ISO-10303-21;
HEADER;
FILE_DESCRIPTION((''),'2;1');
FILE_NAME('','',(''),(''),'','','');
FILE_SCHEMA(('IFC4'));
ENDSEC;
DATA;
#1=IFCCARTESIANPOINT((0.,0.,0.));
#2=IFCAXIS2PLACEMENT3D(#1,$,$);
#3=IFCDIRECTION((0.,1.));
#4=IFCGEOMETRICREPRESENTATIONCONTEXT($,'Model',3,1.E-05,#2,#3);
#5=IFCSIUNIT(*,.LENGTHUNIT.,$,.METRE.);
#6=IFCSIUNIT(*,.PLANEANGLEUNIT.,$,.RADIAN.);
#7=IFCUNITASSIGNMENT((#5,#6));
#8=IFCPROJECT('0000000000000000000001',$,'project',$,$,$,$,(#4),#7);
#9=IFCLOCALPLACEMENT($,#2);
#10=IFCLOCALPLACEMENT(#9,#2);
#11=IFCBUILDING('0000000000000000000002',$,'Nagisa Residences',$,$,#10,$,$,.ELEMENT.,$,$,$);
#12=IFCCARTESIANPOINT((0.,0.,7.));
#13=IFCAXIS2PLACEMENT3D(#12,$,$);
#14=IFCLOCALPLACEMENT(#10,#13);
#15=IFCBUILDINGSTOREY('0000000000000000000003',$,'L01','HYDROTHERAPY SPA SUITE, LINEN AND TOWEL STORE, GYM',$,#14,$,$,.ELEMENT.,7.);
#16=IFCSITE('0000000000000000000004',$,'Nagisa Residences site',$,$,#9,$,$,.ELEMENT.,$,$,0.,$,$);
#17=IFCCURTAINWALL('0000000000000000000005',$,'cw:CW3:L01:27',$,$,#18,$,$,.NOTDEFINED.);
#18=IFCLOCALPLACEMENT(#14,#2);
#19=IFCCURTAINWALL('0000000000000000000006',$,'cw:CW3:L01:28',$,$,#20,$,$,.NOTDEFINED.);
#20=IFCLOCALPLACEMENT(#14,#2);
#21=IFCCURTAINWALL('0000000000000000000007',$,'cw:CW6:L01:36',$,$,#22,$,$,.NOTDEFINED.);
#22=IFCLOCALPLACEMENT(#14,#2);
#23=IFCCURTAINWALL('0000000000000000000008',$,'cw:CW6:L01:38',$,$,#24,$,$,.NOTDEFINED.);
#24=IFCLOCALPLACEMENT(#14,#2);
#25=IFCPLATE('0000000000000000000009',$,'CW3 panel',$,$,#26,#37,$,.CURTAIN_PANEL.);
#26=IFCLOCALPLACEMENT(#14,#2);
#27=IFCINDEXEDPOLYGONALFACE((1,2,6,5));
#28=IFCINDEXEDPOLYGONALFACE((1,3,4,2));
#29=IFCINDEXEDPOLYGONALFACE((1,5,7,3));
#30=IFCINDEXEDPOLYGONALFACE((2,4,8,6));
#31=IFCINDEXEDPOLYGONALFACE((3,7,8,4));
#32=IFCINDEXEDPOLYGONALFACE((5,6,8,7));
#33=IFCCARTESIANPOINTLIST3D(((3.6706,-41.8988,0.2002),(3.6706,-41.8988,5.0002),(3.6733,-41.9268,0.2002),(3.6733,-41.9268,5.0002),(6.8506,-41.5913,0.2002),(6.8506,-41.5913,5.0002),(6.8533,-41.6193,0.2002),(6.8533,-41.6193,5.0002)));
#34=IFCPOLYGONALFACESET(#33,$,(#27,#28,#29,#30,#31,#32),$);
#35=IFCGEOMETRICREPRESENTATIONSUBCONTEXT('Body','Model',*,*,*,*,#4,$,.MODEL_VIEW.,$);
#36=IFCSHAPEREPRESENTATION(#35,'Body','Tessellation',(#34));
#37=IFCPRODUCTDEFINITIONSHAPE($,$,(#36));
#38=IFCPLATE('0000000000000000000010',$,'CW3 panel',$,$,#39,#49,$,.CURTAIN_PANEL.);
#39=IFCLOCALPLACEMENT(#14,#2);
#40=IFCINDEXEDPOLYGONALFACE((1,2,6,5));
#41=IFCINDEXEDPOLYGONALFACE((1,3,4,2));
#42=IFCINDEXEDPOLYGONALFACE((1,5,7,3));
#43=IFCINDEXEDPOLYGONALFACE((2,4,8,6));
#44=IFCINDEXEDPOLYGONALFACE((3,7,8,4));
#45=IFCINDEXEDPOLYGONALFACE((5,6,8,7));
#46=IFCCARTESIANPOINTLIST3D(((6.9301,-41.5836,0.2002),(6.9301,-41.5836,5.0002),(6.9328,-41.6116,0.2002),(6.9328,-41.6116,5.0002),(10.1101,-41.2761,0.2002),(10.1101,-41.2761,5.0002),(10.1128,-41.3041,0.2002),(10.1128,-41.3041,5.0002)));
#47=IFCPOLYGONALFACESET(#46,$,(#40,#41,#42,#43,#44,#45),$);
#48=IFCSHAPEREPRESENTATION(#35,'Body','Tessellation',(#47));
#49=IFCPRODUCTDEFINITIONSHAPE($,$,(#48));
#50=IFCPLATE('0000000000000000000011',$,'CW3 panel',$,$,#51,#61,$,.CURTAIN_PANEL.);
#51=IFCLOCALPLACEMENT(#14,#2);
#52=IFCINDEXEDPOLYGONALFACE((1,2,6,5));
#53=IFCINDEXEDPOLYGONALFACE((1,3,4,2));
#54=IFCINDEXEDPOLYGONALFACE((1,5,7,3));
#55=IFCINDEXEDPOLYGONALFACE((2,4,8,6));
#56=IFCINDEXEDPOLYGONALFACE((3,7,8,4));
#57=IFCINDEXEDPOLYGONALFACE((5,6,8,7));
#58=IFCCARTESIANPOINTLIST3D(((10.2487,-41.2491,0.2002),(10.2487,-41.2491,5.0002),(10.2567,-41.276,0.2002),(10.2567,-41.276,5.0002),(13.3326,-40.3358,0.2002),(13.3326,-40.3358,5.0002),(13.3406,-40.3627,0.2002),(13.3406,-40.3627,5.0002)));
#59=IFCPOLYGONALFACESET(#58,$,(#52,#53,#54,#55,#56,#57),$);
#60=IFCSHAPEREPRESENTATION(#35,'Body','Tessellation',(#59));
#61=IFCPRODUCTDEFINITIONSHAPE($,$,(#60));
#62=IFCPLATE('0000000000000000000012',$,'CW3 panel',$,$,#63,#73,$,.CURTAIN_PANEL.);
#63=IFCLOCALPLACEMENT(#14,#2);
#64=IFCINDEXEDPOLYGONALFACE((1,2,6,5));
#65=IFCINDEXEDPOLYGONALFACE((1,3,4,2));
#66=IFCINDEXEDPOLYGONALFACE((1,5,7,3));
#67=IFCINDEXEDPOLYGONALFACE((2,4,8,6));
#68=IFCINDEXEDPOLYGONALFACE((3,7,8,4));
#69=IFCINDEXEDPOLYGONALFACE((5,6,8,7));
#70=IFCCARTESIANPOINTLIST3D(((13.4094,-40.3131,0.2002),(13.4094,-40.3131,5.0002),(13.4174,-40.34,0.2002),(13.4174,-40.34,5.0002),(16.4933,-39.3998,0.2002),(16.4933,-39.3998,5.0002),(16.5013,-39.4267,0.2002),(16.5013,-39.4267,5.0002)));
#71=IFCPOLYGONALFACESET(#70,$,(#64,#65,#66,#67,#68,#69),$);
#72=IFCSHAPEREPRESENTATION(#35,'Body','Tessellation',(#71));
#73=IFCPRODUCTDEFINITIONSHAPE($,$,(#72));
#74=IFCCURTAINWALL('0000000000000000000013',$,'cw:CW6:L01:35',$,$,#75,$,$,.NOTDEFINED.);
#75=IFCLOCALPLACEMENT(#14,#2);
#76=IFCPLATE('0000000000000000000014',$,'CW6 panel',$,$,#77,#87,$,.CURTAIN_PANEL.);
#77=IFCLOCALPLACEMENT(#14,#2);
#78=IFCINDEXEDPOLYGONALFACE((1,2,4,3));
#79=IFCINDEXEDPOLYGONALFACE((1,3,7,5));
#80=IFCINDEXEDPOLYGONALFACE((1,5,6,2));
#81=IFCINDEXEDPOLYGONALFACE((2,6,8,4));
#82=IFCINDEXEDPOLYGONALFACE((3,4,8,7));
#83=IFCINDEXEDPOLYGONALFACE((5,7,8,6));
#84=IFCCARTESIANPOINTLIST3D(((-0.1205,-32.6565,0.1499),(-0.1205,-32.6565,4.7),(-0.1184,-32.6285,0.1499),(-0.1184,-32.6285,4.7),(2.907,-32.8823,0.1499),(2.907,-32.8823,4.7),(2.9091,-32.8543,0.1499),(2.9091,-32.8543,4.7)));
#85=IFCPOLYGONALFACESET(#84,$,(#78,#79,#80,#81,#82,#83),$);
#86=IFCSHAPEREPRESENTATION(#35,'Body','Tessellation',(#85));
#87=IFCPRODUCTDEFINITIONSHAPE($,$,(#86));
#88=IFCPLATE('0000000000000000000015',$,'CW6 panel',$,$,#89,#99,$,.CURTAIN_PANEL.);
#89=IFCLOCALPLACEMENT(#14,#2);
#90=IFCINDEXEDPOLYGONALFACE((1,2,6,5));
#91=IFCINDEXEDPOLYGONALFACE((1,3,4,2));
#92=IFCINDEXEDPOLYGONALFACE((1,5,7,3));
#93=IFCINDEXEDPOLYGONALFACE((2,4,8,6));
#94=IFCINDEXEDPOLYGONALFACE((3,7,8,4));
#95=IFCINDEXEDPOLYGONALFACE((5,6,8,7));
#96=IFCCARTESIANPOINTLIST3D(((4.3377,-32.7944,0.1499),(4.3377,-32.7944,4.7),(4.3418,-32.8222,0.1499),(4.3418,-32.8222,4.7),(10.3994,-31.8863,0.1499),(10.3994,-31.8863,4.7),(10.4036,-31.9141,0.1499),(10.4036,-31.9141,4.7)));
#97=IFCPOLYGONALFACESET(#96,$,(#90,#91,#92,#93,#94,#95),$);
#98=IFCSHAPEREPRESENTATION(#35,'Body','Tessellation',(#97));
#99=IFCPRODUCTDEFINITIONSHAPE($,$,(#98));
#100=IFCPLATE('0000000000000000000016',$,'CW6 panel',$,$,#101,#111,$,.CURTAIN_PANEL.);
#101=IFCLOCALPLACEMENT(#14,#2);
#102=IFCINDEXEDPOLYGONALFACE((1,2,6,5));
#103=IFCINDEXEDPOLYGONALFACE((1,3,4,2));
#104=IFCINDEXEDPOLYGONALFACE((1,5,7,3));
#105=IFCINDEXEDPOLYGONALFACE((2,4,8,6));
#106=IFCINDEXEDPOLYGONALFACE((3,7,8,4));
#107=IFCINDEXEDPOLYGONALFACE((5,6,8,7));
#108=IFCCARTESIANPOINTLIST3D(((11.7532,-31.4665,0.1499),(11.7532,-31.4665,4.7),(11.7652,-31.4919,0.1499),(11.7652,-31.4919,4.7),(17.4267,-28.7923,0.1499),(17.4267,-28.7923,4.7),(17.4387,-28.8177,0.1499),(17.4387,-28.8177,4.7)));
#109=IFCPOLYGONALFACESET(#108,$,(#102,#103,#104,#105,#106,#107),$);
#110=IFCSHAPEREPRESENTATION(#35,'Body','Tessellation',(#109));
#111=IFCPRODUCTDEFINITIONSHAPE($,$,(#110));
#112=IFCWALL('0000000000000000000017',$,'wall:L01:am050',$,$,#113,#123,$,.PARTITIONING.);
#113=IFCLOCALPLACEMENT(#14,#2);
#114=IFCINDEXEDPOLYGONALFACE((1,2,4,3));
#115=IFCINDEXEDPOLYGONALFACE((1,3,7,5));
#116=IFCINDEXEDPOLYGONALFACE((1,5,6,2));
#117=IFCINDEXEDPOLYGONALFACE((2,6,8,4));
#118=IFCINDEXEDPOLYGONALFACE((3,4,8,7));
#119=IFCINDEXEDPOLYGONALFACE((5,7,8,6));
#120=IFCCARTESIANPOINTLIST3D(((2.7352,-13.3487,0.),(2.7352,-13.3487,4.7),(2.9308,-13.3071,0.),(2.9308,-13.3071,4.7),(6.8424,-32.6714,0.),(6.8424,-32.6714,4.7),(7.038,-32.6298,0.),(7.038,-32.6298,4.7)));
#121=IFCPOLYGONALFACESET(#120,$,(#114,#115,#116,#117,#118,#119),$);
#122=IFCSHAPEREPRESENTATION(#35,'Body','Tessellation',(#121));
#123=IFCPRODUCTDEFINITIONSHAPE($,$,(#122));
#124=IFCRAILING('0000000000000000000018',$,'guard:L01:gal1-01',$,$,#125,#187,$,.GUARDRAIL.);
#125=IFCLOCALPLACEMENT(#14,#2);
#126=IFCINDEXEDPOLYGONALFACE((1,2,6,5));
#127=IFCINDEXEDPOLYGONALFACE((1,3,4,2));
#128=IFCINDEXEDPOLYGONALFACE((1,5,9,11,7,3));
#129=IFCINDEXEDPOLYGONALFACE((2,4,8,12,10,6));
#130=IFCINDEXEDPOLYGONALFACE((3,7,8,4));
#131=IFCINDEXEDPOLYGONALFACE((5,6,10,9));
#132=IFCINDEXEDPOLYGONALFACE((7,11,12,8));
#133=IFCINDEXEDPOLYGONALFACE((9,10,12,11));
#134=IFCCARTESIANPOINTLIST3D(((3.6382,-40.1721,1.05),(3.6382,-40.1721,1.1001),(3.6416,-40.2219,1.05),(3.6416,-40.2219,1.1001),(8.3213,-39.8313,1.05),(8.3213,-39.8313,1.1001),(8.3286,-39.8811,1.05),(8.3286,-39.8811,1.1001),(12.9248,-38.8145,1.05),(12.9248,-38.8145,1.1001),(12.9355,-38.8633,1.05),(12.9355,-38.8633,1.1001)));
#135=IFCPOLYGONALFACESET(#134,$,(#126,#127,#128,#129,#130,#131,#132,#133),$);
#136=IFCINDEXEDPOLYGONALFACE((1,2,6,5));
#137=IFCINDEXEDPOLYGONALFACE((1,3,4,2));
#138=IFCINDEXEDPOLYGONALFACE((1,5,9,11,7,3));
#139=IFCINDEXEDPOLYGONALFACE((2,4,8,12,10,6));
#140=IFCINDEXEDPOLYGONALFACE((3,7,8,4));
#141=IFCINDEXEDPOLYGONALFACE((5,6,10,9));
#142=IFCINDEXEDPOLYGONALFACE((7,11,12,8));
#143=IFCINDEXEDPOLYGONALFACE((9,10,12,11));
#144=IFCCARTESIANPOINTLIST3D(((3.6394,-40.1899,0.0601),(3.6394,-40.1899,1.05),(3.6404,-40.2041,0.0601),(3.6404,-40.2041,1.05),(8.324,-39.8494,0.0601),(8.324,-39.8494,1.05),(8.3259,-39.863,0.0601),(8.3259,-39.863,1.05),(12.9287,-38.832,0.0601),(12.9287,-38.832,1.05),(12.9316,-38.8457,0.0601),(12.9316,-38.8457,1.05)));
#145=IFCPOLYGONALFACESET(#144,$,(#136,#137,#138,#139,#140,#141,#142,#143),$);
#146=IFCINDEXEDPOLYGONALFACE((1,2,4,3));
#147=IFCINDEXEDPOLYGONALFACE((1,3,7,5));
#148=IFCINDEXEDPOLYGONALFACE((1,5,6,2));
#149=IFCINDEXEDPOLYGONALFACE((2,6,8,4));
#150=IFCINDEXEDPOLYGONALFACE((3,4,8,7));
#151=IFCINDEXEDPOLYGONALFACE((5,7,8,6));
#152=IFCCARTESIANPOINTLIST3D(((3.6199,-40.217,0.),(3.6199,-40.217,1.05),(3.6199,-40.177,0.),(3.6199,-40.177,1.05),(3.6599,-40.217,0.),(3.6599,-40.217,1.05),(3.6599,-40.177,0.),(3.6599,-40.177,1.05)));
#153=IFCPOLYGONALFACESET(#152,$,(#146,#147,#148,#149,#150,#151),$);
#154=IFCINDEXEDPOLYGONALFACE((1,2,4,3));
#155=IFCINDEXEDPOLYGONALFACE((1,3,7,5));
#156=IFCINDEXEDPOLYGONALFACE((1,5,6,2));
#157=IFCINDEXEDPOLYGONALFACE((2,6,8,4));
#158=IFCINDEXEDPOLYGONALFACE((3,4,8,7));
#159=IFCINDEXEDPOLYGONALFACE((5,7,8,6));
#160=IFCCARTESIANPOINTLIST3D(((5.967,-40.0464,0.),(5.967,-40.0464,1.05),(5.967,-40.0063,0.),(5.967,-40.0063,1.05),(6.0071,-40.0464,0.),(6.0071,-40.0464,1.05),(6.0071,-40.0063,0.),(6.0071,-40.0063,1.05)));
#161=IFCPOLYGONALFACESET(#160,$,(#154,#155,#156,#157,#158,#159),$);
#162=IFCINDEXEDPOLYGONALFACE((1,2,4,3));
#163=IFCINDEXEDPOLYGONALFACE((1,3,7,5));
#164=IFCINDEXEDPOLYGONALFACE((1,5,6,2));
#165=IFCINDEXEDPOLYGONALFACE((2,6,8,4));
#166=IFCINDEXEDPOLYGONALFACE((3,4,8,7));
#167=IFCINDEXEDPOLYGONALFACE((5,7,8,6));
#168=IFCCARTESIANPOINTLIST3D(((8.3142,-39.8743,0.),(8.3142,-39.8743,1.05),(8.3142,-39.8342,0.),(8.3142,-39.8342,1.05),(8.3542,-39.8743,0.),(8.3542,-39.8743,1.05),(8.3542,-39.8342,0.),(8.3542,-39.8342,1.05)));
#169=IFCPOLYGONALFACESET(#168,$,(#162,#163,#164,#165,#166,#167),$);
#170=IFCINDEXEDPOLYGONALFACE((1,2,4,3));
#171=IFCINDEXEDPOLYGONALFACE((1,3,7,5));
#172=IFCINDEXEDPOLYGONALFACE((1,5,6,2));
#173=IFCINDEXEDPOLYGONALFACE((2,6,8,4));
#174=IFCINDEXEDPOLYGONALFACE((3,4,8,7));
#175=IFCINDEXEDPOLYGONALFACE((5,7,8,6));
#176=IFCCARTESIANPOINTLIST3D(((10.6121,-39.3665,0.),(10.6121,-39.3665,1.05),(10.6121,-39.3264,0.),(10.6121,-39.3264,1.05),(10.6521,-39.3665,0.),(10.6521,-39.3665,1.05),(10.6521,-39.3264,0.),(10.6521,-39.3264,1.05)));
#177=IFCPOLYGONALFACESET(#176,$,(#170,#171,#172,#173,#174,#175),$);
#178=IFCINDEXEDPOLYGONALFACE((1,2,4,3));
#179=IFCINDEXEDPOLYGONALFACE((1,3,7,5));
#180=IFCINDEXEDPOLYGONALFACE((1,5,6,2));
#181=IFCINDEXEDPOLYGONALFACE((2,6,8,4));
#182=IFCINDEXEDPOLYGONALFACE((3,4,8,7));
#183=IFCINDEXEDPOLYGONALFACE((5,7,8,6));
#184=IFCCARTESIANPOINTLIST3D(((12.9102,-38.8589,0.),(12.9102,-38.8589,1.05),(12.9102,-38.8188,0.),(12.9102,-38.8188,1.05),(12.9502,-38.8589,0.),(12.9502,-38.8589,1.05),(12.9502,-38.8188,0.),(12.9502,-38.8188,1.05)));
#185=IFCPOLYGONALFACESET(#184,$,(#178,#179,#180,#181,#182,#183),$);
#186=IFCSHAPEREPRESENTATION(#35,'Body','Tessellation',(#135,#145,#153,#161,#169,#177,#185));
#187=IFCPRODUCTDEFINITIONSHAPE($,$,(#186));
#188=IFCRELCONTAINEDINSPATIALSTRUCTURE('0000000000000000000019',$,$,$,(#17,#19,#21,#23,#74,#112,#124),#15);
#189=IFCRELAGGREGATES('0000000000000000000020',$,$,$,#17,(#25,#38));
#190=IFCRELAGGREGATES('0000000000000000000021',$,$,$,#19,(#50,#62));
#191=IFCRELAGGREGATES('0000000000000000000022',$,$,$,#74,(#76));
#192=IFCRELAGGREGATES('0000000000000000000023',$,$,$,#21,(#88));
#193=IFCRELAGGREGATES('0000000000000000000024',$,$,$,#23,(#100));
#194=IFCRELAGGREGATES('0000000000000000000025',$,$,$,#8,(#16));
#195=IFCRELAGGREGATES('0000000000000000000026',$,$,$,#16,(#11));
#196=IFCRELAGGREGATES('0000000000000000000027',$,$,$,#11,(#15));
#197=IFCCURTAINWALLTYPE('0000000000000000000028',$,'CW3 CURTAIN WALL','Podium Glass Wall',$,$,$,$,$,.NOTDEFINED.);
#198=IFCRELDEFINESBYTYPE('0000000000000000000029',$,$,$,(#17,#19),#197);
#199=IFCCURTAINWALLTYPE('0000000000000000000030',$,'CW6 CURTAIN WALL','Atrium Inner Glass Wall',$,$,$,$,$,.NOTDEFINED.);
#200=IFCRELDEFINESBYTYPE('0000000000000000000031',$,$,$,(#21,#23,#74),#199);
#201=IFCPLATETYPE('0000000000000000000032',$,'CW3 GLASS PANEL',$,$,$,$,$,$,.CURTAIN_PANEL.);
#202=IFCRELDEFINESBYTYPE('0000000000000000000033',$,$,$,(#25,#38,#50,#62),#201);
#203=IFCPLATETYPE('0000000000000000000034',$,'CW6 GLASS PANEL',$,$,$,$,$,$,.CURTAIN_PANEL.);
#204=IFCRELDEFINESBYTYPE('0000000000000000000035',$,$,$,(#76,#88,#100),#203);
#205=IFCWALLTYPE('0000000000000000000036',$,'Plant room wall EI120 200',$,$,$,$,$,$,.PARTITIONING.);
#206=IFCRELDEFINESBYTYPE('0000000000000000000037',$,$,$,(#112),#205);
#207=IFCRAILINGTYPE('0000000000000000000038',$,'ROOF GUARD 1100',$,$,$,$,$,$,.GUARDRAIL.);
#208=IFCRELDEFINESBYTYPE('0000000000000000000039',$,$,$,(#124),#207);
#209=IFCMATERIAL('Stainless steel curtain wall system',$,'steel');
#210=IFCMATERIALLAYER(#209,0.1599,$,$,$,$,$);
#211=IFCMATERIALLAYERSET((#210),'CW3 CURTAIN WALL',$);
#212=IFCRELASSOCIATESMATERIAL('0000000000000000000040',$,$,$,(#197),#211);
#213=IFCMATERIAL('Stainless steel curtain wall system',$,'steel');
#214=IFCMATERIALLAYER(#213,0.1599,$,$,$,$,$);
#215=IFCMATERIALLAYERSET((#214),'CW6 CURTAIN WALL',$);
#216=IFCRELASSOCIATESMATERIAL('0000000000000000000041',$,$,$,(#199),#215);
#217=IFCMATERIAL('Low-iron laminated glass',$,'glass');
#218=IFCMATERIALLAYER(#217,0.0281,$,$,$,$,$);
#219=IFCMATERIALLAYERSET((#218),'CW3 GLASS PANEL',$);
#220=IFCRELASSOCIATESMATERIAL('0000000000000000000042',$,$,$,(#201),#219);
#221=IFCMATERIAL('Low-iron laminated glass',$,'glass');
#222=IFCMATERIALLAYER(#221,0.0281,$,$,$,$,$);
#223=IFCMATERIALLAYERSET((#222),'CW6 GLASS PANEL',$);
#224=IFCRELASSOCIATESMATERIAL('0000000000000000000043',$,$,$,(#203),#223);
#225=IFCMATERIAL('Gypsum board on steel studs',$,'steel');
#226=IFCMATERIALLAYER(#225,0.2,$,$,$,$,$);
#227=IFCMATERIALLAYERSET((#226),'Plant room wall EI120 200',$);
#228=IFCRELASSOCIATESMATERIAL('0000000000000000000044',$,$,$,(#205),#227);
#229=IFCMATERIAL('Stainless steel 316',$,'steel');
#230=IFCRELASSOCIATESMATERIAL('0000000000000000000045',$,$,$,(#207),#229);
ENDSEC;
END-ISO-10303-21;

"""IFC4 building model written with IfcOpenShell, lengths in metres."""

from ifc_helpers import new_model, si_unit, direction, frame, frame_2d, origin, origin_2d, place, context, subcontext, project, spatial, polyline, rectangle, outline, extrude, material, layer, layer_set, type_object, element, aggregate, save


model = new_model("IFC4")

# Units and contexts
model_context = context("Model", 3, precision=1e-05, world=origin(), true_north=direction((0.0, 1.0)))
body_context = subcontext(model_context, "Body", "Model", "MODEL_VIEW")
ifc_project = project(units=[si_unit("LENGTHUNIT", "METRE"), si_unit("PLANEANGLEUNIT", "RADIAN")], contexts=[model_context])

# Site, building, storey
site_placement = place(None, origin())
site = spatial("IfcSite", under=ifc_project, at=site_placement, Name="Nagisa Residences site", CompositionType="ELEMENT", RefElevation=0.0)
building_placement = place(site_placement, origin())
building = spatial("IfcBuilding", under=site, at=building_placement, Name="Nagisa Residences", CompositionType="ELEMENT")
storey_placement = place(building_placement, frame((0.0, 0.0, 7.0)))
storey = spatial("IfcBuildingStorey", under=building, at=storey_placement, Name="L01", Description="HYDROTHERAPY SPA SUITE, LINEN AND TOWEL STORE, GYM", CompositionType="ELEMENT", Elevation=7.0)

# Curtain walls
ifc_material_1 = material(Name="Stainless steel curtain wall system", Category="steel")
ifc_layer_1 = layer(ifc_material_1, 0.1599)
ifc_layer_set_1 = layer_set([ifc_layer_1], Name="CW3 CURTAIN WALL")
curtain_wall_type_1 = type_object("IfcCurtainWallType", Name="CW3 CURTAIN WALL", Description="Podium Glass Wall", PredefinedType="NOTDEFINED", material=ifc_layer_set_1)
curtain_wall_1_placement = place(storey_placement, origin())
curtain_wall_1 = element("IfcCurtainWall", 1, at=curtain_wall_1_placement, inside=storey, type_object=curtain_wall_type_1, Name="cw:CW3:L01:27", PredefinedType="NOTDEFINED")
curtain_wall_2_placement = place(storey_placement, origin())
curtain_wall_2 = element("IfcCurtainWall", 2, at=curtain_wall_2_placement, inside=storey, type_object=curtain_wall_type_1, Name="cw:CW3:L01:28", PredefinedType="NOTDEFINED")

# Curtain walls
ifc_material_2 = material(Name="Stainless steel curtain wall system", Category="steel")
ifc_layer_2 = layer(ifc_material_2, 0.1599)
ifc_layer_set_2 = layer_set([ifc_layer_2], Name="CW6 CURTAIN WALL")
curtain_wall_type_2 = type_object("IfcCurtainWallType", Name="CW6 CURTAIN WALL", Description="Atrium Inner Glass Wall", PredefinedType="NOTDEFINED", material=ifc_layer_set_2)
curtain_wall_3_placement = place(storey_placement, origin())
curtain_wall_3 = element("IfcCurtainWall", 3, at=curtain_wall_3_placement, inside=storey, type_object=curtain_wall_type_2, Name="cw:CW6:L01:36", PredefinedType="NOTDEFINED")
curtain_wall_4_placement = place(storey_placement, origin())
curtain_wall_4 = element("IfcCurtainWall", 4, at=curtain_wall_4_placement, inside=storey, type_object=curtain_wall_type_2, Name="cw:CW6:L01:38", PredefinedType="NOTDEFINED")

# Plates
ifc_material_3 = material(Name="Low-iron laminated glass", Category="glass")
ifc_layer_3 = layer(ifc_material_3, 0.0281)
ifc_layer_set_3 = layer_set([ifc_layer_3], Name="CW3 GLASS PANEL")
plate_type_1 = type_object("IfcPlateType", Name="CW3 GLASS PANEL", PredefinedType="CURTAIN_PANEL", material=ifc_layer_set_3)
plate_1_placement = place(storey_placement, frame((5.262, -41.759, 0.2002), z_axis=(0.0, 0.0, 1.0), x_axis=(0.995357, 0.096249, 0.0)))
plate_1 = element("IfcPlate", 5, at=plate_1_placement, type_object=plate_type_1, Name="CW3 panel", PredefinedType="CURTAIN_PANEL", context=body_context, shape_type="SweptSolid", body=[
    extrude(rectangle(XDim=3.1948, YDim=0.0281, at=origin_2d()), origin(), (0.0, 0.0, 1.0), 4.8),
])
plate_2_placement = place(storey_placement, frame((8.5215, -41.4438, 0.2002), z_axis=(0.0, 0.0, 1.0), x_axis=(0.995357, 0.096249, 0.0)))
plate_2 = element("IfcPlate", 6, at=plate_2_placement, type_object=plate_type_1, Name="CW3 panel", PredefinedType="CURTAIN_PANEL", context=body_context, shape_type="SweptSolid", body=[
    extrude(rectangle(XDim=3.1948, YDim=0.0281, at=origin_2d()), origin(), (0.0, 0.0, 1.0), 4.8),
])
aggregate(curtain_wall_1, [plate_1, plate_2])
plate_3_placement = place(storey_placement, frame((11.7947, -40.8059, 0.2002), z_axis=(0.0, 0.0, 1.0), x_axis=(0.958835, 0.283963, 0.0)))
plate_3 = element("IfcPlate", 7, at=plate_3_placement, type_object=plate_type_1, Name="CW3 panel", PredefinedType="CURTAIN_PANEL", context=body_context, shape_type="SweptSolid", body=[
    extrude(rectangle(XDim=3.2163, YDim=0.0281, at=origin_2d()), origin(), (0.0, 0.0, 1.0), 4.8),
])
plate_4_placement = place(storey_placement, frame((14.9553, -39.8699, 0.2002), z_axis=(0.0, 0.0, 1.0), x_axis=(0.958835, 0.283963, 0.0)))
plate_4 = element("IfcPlate", 8, at=plate_4_placement, type_object=plate_type_1, Name="CW3 panel", PredefinedType="CURTAIN_PANEL", context=body_context, shape_type="SweptSolid", body=[
    extrude(rectangle(XDim=3.2163, YDim=0.0281, at=origin_2d()), origin(), (0.0, 0.0, 1.0), 4.8),
])
aggregate(curtain_wall_2, [plate_3, plate_4])

# Curtain wall, plate
curtain_wall_5_placement = place(storey_placement, origin())
curtain_wall_5 = element("IfcCurtainWall", 9, at=curtain_wall_5_placement, inside=storey, type_object=curtain_wall_type_2, Name="cw:CW6:L01:35", PredefinedType="NOTDEFINED")
ifc_material_4 = material(Name="Low-iron laminated glass", Category="glass")
ifc_layer_4 = layer(ifc_material_4, 0.0281)
ifc_layer_set_4 = layer_set([ifc_layer_4], Name="CW6 GLASS PANEL")
plate_type_2 = type_object("IfcPlateType", Name="CW6 GLASS PANEL", PredefinedType="CURTAIN_PANEL", material=ifc_layer_set_4)
plate_5_placement = place(storey_placement, frame((1.3943, -32.7554, 0.1499), z_axis=(0.0, 0.0, 1.0), x_axis=(0.99723, -0.074377, 0.0)))
plate_5 = element("IfcPlate", 10, at=plate_5_placement, type_object=plate_type_2, Name="CW6 panel", PredefinedType="CURTAIN_PANEL", context=body_context, shape_type="SweptSolid", body=[
    extrude(rectangle(XDim=3.0359, YDim=0.0281, at=origin_2d()), origin(), (0.0, 0.0, 1.0), 4.55),
])
aggregate(curtain_wall_5, [plate_5])

# Plates
plate_6_placement = place(storey_placement, frame((7.3706, -32.3542, 0.1499), z_axis=(0.0, 0.0, 1.0), x_axis=(0.988964, 0.148158, 0.0)))
plate_6 = element("IfcPlate", 11, at=plate_6_placement, type_object=plate_type_2, Name="CW6 panel", PredefinedType="CURTAIN_PANEL", context=body_context, shape_type="SweptSolid", body=[
    extrude(rectangle(XDim=6.1294, YDim=0.0281, at=origin_2d()), origin(), (0.0, 0.0, 1.0), 4.55),
])
aggregate(curtain_wall_3, [plate_6])
plate_7_placement = place(storey_placement, frame((14.5959, -30.1421, 0.1499), z_axis=(0.0, 0.0, 1.0), x_axis=(0.904554, 0.426358, 0.0)))
plate_7 = element("IfcPlate", 12, at=plate_7_placement, type_object=plate_type_2, Name="CW6 panel", PredefinedType="CURTAIN_PANEL", context=body_context, shape_type="SweptSolid", body=[
    extrude(rectangle(XDim=6.2722, YDim=0.0281, at=origin_2d()), origin(), (0.0, 0.0, 1.0), 4.55),
])
aggregate(curtain_wall_4, [plate_7])

# Wall
ifc_material_5 = material(Name="Gypsum board on steel studs", Category="steel")
ifc_layer_5 = layer(ifc_material_5, 0.2)
ifc_layer_set_5 = layer_set([ifc_layer_5], Name="Plant room wall EI120 200")
wall_type = type_object("IfcWallType", Name="Plant room wall EI120 200", PredefinedType="PARTITIONING", material=ifc_layer_set_5)
wall_placement = place(storey_placement, frame((6.9402, -32.6506, 0.0), z_axis=(0.0, 0.0, 1.0), x_axis=(-0.207912, 0.978148, 0.0)))
element("IfcWall", 13, at=wall_placement, inside=storey, type_object=wall_type, Name="wall:L01:am050", PredefinedType="PARTITIONING", context=body_context, shape_type="SweptSolid", body=[
    extrude(rectangle(XDim=19.7544, YDim=0.2, at=frame_2d((9.8772, 0.0))), origin(), (0.0, 0.0, 1.0), 4.7),
])

# Railing
ifc_material_6 = material(Name="Stainless steel 316", Category="steel")
railing_type = type_object("IfcRailingType", Name="ROOF GUARD 1100", PredefinedType="GUARDRAIL", material=ifc_material_6)
railing_1_placement = place(storey_placement, frame((3.6399, -40.197, 0.0)))
element("IfcRailing", 14, at=railing_1_placement, inside=storey, type_object=railing_type, Name="guard:L01:gal1-01", PredefinedType="GUARDRAIL", context=body_context, shape_type="SweptSolid", body=[
    extrude(outline(polyline([(4.6814, 0.3657), (-0.0017, 0.0249), (0.0017, -0.0249), (4.6887, 0.3159), (9.2957, 1.3337), (9.2849, 1.3826), (4.6814, 0.3657)])), frame((0.0, 0.0, 1.05)), (0.0, 0.0, 1.0), 0.05),
    extrude(outline(polyline([(4.6841, 0.3477), (-0.0005, 0.0071), (0.0005, -0.0071), (4.686, 0.334), (9.2917, 1.3513), (9.2888, 1.365), (4.6841, 0.3477)])), frame((0.0, 0.0, 0.0601)), (0.0, 0.0, 1.0), 0.99),
    extrude(rectangle(XDim=0.04, YDim=0.04, at=origin_2d()), origin(), (0.0, 0.0, 1.0), 1.05),
    extrude(rectangle(XDim=0.04, YDim=0.04, at=origin_2d()), frame((2.3472, 0.1707, 0.0)), (0.0, 0.0, 1.0), 1.05),
    extrude(rectangle(XDim=0.04, YDim=0.04, at=origin_2d()), frame((4.6943, 0.3428, 0.0)), (0.0, 0.0, 1.0), 1.05),
    extrude(rectangle(XDim=0.04, YDim=0.04, at=origin_2d()), frame((6.9922, 0.8506, 0.0)), (0.0, 0.0, 1.0), 1.05),
    extrude(rectangle(XDim=0.04, YDim=0.04, at=origin_2d()), frame((9.2903, 1.3582, 0.0)), (0.0, 0.0, 1.0), 1.05),
])

save(model, "model.ifc")
